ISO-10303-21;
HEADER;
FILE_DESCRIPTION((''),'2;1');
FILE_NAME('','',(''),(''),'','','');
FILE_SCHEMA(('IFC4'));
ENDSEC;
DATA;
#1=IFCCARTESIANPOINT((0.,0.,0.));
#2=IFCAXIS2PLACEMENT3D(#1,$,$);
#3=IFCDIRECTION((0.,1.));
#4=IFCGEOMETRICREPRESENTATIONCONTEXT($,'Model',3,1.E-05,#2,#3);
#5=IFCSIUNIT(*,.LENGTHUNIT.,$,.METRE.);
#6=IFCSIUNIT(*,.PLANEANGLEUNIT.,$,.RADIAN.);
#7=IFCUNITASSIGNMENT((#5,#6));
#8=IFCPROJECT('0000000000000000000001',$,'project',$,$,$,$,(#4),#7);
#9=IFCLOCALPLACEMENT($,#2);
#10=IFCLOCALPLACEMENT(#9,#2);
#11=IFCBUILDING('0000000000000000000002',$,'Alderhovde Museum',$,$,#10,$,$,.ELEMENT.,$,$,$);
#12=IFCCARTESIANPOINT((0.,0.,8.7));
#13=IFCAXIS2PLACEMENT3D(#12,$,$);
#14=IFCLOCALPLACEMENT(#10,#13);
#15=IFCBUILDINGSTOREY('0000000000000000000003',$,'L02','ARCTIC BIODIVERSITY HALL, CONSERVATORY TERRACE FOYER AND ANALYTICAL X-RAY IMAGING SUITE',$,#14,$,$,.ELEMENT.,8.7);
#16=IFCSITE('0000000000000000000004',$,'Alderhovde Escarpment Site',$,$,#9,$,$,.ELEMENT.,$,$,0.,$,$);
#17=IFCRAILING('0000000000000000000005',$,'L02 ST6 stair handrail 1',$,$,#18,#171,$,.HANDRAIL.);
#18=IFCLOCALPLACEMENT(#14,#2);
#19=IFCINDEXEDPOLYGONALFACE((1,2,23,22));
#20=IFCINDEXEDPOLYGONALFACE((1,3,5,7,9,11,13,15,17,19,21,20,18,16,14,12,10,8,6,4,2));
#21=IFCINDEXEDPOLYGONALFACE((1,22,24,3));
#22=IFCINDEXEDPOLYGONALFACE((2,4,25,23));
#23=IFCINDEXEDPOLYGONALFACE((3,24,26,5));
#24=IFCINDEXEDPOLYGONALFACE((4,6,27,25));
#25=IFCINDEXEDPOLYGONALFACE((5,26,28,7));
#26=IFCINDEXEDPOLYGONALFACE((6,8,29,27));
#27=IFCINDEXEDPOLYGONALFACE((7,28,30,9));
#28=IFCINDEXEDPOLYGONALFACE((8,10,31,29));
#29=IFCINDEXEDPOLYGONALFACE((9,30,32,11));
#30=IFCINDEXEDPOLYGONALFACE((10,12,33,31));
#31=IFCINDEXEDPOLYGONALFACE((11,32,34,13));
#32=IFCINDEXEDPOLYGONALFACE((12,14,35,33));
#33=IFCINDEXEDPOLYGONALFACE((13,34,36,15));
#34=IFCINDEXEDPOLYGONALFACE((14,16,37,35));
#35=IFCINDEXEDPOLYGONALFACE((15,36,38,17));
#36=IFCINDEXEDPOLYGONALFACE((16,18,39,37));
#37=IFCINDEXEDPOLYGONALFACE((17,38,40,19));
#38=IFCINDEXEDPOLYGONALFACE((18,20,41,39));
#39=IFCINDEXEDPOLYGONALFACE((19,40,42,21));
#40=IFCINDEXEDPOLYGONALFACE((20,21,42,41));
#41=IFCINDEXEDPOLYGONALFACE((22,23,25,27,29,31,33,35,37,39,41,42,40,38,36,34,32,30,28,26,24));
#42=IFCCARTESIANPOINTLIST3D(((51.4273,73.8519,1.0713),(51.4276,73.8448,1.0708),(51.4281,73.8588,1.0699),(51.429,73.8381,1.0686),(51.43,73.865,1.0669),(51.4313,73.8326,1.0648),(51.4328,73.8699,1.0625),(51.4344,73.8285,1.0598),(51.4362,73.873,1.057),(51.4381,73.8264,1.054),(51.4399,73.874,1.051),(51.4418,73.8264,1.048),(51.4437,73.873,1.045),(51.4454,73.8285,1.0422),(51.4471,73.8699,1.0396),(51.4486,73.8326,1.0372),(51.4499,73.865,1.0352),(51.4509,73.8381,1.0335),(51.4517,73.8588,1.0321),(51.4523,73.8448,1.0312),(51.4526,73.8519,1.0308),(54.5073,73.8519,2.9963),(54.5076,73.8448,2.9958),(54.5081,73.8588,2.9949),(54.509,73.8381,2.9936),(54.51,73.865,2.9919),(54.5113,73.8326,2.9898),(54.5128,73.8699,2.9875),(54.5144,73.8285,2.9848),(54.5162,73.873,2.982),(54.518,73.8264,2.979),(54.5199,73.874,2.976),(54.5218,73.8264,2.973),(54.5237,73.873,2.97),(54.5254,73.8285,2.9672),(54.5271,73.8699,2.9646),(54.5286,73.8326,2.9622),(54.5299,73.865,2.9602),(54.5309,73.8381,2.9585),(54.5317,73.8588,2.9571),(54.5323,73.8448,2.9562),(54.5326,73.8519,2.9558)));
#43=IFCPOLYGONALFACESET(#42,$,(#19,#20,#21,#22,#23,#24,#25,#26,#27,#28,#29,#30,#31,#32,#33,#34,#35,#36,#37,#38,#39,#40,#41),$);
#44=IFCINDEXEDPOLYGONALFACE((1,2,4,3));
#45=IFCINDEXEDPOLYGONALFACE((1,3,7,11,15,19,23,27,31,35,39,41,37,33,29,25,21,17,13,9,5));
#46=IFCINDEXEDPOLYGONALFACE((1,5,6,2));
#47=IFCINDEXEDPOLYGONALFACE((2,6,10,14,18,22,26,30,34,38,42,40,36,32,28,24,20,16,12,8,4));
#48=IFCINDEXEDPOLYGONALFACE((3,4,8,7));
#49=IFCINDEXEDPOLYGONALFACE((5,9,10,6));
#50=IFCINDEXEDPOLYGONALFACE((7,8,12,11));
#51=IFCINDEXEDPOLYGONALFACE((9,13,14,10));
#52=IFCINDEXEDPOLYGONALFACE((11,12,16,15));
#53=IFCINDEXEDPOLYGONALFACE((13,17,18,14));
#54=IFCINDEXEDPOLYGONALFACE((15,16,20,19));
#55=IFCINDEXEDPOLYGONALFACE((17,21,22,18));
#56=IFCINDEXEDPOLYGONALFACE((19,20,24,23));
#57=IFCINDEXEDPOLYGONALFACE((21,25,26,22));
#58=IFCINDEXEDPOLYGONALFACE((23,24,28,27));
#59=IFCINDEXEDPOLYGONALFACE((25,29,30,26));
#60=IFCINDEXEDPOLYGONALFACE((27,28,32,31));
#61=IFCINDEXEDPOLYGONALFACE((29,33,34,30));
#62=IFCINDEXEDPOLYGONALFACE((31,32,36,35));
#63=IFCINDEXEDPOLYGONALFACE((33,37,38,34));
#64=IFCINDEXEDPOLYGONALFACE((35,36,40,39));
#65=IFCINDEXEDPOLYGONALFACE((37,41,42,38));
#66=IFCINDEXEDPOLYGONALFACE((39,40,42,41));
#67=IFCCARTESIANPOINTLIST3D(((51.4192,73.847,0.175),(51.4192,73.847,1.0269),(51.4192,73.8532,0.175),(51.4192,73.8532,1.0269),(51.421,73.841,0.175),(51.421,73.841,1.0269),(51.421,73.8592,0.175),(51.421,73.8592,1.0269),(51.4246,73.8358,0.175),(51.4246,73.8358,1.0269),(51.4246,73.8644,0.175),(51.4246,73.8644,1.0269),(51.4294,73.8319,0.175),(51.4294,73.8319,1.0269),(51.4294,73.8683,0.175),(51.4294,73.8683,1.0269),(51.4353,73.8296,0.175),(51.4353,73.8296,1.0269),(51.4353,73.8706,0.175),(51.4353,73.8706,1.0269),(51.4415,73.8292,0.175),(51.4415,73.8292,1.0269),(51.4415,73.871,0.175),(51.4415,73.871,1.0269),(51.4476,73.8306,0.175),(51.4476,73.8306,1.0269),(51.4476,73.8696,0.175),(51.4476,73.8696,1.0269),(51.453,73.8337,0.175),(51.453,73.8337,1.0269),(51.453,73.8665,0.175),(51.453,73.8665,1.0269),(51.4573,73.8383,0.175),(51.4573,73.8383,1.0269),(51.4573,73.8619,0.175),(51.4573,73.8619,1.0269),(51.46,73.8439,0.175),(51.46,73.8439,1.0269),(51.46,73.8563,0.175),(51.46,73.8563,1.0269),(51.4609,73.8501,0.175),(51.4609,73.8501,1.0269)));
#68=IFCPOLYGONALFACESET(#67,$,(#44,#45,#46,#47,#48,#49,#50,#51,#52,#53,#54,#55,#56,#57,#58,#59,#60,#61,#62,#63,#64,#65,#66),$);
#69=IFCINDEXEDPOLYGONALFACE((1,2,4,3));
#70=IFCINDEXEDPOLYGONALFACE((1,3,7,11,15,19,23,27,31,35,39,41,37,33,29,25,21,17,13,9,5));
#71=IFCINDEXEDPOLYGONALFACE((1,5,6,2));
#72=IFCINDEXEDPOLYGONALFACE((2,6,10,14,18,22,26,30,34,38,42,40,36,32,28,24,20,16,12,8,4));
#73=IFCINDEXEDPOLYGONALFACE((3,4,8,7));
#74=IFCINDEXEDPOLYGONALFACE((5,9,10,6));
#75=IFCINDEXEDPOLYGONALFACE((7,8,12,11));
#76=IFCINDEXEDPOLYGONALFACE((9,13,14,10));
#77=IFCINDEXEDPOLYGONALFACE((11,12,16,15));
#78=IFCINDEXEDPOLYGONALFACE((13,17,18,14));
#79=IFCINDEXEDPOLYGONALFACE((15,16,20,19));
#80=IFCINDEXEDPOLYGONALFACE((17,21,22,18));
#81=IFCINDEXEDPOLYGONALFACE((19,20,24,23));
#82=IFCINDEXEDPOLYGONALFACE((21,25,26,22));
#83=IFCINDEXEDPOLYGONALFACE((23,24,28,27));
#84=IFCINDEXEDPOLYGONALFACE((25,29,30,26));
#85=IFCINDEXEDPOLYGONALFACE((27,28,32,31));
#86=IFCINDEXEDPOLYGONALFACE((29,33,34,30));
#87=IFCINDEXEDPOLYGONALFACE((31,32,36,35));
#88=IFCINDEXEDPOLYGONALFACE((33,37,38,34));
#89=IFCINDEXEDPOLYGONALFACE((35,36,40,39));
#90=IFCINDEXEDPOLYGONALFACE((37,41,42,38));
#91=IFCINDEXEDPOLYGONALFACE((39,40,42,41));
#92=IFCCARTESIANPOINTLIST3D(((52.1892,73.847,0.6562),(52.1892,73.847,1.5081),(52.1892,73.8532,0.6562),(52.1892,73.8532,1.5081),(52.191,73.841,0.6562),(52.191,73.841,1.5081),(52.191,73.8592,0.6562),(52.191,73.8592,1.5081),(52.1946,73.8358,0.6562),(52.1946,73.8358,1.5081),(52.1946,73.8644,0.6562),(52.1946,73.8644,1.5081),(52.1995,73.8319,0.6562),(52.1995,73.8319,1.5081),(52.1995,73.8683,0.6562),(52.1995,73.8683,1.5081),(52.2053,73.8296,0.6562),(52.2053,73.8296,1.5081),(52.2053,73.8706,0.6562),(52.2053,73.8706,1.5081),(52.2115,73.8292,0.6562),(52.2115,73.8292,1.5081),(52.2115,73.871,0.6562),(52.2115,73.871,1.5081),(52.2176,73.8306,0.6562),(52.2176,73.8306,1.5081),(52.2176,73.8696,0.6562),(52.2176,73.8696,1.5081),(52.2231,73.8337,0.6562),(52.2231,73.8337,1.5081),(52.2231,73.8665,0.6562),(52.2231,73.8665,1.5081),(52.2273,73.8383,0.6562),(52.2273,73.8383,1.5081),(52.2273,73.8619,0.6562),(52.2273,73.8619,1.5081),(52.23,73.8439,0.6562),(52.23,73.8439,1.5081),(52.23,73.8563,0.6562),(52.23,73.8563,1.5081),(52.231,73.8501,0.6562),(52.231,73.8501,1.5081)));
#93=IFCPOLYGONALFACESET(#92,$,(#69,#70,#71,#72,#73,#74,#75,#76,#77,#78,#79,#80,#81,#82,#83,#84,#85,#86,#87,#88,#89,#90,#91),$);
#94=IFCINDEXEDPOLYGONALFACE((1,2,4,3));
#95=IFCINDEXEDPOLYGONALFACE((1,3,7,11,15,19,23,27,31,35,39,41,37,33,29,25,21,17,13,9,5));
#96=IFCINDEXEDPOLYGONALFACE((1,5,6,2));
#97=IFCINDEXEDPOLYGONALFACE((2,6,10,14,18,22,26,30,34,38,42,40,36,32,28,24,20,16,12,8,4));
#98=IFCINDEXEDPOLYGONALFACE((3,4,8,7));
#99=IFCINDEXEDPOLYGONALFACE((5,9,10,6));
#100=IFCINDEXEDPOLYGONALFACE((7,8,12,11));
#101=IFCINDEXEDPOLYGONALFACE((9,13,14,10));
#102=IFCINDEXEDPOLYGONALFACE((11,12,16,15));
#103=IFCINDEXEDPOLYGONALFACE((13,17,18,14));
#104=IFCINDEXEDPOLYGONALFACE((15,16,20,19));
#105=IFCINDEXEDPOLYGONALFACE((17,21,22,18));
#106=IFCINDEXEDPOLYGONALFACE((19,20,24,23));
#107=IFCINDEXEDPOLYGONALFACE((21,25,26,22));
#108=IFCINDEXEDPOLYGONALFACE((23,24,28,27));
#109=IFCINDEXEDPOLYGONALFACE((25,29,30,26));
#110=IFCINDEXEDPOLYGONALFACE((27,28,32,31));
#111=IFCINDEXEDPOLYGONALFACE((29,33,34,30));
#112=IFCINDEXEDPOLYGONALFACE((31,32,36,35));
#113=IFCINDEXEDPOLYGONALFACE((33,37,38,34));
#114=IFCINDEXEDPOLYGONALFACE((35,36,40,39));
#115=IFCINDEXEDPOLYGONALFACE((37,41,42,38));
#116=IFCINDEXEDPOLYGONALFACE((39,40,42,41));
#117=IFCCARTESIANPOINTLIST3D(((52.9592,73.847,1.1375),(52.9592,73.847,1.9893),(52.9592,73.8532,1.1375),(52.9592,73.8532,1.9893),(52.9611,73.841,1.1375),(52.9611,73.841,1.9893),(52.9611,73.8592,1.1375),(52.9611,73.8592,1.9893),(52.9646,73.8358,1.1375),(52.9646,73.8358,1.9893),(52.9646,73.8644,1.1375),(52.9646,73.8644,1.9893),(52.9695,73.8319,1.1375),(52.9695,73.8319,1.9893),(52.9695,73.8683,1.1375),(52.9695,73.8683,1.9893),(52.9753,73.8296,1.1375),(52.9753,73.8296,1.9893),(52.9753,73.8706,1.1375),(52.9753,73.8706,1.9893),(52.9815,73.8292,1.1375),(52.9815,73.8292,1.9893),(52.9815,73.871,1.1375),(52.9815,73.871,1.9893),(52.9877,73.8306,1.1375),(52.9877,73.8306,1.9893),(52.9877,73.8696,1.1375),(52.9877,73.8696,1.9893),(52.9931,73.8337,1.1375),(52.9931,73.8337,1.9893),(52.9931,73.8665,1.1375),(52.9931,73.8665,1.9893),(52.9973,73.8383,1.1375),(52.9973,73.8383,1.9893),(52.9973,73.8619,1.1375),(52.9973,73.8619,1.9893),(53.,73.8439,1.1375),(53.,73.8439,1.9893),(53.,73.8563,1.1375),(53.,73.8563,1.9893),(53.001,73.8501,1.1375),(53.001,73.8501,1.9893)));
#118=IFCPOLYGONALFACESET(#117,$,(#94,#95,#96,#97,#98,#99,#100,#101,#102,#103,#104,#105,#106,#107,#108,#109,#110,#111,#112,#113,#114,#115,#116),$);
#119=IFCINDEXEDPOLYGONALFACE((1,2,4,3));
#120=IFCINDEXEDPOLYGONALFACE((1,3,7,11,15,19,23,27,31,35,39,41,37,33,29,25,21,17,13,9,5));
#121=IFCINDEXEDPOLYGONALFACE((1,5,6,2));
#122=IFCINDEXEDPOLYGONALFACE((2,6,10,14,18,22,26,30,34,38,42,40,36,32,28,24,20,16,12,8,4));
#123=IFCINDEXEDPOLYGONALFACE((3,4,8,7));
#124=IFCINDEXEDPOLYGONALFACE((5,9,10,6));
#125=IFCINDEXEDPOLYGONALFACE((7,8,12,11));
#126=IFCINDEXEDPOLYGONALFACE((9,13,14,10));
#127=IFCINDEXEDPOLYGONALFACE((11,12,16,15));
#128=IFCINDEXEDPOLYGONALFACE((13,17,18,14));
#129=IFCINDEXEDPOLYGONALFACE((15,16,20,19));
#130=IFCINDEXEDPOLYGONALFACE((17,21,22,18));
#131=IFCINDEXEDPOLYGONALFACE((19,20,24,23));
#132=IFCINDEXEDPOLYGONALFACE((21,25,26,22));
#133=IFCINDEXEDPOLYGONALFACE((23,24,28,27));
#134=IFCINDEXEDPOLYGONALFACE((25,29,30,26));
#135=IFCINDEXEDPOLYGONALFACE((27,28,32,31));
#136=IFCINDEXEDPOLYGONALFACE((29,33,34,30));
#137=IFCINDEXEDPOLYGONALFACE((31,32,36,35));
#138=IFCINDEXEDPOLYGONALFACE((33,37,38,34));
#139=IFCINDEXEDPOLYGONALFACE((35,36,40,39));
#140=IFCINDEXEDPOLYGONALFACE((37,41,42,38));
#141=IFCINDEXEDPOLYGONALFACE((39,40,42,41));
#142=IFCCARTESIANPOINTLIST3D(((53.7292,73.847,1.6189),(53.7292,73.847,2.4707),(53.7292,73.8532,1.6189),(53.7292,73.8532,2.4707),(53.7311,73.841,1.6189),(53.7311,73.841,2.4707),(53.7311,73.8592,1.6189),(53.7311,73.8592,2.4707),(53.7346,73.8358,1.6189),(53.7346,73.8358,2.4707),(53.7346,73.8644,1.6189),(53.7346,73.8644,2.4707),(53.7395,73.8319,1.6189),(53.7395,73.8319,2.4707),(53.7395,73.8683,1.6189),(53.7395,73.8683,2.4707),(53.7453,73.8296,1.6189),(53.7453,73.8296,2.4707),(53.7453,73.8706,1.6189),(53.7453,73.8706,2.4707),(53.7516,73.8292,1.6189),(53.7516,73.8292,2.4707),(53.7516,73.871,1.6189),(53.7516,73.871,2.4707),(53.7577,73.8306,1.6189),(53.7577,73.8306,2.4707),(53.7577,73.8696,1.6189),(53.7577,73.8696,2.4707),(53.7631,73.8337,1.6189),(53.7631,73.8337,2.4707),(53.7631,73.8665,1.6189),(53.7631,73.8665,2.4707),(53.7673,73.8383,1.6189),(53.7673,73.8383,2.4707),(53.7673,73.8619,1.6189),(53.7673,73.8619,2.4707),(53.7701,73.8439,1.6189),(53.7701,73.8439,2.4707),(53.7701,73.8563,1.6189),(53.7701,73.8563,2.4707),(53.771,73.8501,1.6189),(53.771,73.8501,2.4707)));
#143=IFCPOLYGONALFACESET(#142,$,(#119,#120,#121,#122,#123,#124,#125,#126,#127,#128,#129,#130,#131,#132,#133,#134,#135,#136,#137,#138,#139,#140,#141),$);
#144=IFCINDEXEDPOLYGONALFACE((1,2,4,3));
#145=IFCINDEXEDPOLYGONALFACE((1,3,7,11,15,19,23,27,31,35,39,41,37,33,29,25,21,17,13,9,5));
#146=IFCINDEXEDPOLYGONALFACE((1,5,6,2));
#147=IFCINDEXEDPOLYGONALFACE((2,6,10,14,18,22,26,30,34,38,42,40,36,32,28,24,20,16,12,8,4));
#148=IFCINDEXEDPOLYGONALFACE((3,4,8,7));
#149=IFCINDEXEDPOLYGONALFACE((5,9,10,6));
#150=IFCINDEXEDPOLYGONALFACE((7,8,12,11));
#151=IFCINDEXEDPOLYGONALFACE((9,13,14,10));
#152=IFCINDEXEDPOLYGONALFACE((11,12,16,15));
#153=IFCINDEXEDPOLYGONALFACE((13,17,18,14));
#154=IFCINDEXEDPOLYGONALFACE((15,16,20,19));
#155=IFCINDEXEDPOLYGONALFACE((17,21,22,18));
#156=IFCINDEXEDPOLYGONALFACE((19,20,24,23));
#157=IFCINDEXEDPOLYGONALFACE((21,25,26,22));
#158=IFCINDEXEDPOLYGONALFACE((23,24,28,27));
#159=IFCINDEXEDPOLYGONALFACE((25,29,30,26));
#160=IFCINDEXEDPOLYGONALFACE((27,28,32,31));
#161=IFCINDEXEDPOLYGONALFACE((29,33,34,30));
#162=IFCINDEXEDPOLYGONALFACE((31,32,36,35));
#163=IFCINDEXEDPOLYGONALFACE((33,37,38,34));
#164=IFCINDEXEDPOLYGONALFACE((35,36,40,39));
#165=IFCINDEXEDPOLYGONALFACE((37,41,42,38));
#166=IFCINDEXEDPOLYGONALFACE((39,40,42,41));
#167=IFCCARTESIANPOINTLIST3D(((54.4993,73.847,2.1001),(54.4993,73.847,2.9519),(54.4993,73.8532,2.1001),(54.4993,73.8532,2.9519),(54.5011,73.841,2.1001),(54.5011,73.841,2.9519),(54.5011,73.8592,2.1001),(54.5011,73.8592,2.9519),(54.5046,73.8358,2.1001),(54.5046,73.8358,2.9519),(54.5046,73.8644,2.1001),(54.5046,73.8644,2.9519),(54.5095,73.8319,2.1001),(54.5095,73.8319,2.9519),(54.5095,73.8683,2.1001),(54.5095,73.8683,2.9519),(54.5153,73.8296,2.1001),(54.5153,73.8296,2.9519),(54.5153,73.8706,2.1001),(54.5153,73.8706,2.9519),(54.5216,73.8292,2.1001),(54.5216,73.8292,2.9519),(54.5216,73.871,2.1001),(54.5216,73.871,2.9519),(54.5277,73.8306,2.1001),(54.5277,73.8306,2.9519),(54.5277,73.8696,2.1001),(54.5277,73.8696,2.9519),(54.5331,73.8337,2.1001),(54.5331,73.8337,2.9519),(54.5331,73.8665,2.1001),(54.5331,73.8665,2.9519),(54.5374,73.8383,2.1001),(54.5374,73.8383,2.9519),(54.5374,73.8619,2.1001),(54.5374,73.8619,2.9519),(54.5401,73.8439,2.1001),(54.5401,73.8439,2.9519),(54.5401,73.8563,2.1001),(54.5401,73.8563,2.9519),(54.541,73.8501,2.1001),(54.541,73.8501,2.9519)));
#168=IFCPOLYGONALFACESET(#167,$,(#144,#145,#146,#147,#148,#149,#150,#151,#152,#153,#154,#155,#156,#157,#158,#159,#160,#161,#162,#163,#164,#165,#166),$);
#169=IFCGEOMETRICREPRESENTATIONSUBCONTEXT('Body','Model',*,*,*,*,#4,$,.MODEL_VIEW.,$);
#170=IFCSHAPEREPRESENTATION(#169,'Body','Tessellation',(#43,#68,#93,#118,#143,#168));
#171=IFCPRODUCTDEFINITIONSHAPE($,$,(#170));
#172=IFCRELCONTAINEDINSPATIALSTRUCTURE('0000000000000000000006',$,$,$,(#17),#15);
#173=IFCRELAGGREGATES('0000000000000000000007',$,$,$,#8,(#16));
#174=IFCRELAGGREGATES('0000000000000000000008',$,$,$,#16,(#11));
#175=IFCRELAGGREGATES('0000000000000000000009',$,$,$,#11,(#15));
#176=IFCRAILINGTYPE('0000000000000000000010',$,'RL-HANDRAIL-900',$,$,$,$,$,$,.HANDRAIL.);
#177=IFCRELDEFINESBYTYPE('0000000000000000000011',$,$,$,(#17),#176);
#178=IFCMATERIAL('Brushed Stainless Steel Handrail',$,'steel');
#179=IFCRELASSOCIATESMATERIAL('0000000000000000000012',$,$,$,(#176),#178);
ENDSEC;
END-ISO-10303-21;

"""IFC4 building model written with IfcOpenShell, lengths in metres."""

from ifc_helpers import new_model, si_unit, direction, frame, origin, origin_2d, place, context, subcontext, project, spatial, circle, extrude, material, type_object, element, save


model = new_model("IFC4")

# Units and contexts
model_context = context("Model", 3, precision=1e-05, world=origin(), true_north=direction((0.0, 1.0)))
body_context = subcontext(model_context, "Body", "Model", "MODEL_VIEW")
ifc_project = project(units=[si_unit("LENGTHUNIT", "METRE"), si_unit("PLANEANGLEUNIT", "RADIAN")], contexts=[model_context])

# Site, building, storey
site_placement = place(None, origin())
site = spatial("IfcSite", under=ifc_project, at=site_placement, Name="Alderhovde Escarpment Site", CompositionType="ELEMENT", RefElevation=0.0)
building_placement = place(site_placement, origin())
building = spatial("IfcBuilding", under=site, at=building_placement, Name="Alderhovde Museum", CompositionType="ELEMENT")
storey_placement = place(building_placement, frame((0.0, 0.0, 8.7)))
storey = spatial("IfcBuildingStorey", under=building, at=storey_placement, Name="L02", Description="ARCTIC BIODIVERSITY HALL, CONSERVATORY TERRACE FOYER AND ANALYTICAL X-RAY IMAGING SUITE", CompositionType="ELEMENT", Elevation=8.7)

# Railing
ifc_material_1 = material(Name="Brushed Stainless Steel Handrail", Category="steel")
railing_type_1 = type_object("IfcRailingType", Name="RL-HANDRAIL-900", PredefinedType="HANDRAIL", material=ifc_material_1)
railing_1_placement = place(storey_placement, frame((51.4399, 73.8501, 0.175)))
element("IfcRailing", 1, at=railing_1_placement, inside=storey, type_object=railing_type_1, Name="L02 ST6 stair handrail 1", PredefinedType="HANDRAIL", context=body_context, shape_type="SweptSolid", body=[
    extrude(circle(Radius=0.0239, at=origin_2d()), frame((0.0, 0.0, 0.876), z_axis=(0.847998, 0.0, 0.529999), x_axis=(0.0, 1.0, 0.0)), (0.0, 0.0, 1.0), 3.6321),
    extrude(circle(Radius=0.021, at=origin_2d()), origin(), (0.0, 0.0, 1.0), 0.8518),
    extrude(circle(Radius=0.021, at=origin_2d()), frame((0.77, 0.0, 0.4812)), (0.0, 0.0, 1.0), 0.8518),
    extrude(circle(Radius=0.021, at=origin_2d()), frame((1.54, 0.0, 0.9624)), (0.0, 0.0, 1.0), 0.8518),
    extrude(circle(Radius=0.021, at=origin_2d()), frame((2.3101, 0.0, 1.4438)), (0.0, 0.0, 1.0), 0.8518),
    extrude(circle(Radius=0.021, at=origin_2d()), frame((3.0801, 0.0, 1.925)), (0.0, 0.0, 1.0), 0.8518),
])

save(model, "model.ifc")
